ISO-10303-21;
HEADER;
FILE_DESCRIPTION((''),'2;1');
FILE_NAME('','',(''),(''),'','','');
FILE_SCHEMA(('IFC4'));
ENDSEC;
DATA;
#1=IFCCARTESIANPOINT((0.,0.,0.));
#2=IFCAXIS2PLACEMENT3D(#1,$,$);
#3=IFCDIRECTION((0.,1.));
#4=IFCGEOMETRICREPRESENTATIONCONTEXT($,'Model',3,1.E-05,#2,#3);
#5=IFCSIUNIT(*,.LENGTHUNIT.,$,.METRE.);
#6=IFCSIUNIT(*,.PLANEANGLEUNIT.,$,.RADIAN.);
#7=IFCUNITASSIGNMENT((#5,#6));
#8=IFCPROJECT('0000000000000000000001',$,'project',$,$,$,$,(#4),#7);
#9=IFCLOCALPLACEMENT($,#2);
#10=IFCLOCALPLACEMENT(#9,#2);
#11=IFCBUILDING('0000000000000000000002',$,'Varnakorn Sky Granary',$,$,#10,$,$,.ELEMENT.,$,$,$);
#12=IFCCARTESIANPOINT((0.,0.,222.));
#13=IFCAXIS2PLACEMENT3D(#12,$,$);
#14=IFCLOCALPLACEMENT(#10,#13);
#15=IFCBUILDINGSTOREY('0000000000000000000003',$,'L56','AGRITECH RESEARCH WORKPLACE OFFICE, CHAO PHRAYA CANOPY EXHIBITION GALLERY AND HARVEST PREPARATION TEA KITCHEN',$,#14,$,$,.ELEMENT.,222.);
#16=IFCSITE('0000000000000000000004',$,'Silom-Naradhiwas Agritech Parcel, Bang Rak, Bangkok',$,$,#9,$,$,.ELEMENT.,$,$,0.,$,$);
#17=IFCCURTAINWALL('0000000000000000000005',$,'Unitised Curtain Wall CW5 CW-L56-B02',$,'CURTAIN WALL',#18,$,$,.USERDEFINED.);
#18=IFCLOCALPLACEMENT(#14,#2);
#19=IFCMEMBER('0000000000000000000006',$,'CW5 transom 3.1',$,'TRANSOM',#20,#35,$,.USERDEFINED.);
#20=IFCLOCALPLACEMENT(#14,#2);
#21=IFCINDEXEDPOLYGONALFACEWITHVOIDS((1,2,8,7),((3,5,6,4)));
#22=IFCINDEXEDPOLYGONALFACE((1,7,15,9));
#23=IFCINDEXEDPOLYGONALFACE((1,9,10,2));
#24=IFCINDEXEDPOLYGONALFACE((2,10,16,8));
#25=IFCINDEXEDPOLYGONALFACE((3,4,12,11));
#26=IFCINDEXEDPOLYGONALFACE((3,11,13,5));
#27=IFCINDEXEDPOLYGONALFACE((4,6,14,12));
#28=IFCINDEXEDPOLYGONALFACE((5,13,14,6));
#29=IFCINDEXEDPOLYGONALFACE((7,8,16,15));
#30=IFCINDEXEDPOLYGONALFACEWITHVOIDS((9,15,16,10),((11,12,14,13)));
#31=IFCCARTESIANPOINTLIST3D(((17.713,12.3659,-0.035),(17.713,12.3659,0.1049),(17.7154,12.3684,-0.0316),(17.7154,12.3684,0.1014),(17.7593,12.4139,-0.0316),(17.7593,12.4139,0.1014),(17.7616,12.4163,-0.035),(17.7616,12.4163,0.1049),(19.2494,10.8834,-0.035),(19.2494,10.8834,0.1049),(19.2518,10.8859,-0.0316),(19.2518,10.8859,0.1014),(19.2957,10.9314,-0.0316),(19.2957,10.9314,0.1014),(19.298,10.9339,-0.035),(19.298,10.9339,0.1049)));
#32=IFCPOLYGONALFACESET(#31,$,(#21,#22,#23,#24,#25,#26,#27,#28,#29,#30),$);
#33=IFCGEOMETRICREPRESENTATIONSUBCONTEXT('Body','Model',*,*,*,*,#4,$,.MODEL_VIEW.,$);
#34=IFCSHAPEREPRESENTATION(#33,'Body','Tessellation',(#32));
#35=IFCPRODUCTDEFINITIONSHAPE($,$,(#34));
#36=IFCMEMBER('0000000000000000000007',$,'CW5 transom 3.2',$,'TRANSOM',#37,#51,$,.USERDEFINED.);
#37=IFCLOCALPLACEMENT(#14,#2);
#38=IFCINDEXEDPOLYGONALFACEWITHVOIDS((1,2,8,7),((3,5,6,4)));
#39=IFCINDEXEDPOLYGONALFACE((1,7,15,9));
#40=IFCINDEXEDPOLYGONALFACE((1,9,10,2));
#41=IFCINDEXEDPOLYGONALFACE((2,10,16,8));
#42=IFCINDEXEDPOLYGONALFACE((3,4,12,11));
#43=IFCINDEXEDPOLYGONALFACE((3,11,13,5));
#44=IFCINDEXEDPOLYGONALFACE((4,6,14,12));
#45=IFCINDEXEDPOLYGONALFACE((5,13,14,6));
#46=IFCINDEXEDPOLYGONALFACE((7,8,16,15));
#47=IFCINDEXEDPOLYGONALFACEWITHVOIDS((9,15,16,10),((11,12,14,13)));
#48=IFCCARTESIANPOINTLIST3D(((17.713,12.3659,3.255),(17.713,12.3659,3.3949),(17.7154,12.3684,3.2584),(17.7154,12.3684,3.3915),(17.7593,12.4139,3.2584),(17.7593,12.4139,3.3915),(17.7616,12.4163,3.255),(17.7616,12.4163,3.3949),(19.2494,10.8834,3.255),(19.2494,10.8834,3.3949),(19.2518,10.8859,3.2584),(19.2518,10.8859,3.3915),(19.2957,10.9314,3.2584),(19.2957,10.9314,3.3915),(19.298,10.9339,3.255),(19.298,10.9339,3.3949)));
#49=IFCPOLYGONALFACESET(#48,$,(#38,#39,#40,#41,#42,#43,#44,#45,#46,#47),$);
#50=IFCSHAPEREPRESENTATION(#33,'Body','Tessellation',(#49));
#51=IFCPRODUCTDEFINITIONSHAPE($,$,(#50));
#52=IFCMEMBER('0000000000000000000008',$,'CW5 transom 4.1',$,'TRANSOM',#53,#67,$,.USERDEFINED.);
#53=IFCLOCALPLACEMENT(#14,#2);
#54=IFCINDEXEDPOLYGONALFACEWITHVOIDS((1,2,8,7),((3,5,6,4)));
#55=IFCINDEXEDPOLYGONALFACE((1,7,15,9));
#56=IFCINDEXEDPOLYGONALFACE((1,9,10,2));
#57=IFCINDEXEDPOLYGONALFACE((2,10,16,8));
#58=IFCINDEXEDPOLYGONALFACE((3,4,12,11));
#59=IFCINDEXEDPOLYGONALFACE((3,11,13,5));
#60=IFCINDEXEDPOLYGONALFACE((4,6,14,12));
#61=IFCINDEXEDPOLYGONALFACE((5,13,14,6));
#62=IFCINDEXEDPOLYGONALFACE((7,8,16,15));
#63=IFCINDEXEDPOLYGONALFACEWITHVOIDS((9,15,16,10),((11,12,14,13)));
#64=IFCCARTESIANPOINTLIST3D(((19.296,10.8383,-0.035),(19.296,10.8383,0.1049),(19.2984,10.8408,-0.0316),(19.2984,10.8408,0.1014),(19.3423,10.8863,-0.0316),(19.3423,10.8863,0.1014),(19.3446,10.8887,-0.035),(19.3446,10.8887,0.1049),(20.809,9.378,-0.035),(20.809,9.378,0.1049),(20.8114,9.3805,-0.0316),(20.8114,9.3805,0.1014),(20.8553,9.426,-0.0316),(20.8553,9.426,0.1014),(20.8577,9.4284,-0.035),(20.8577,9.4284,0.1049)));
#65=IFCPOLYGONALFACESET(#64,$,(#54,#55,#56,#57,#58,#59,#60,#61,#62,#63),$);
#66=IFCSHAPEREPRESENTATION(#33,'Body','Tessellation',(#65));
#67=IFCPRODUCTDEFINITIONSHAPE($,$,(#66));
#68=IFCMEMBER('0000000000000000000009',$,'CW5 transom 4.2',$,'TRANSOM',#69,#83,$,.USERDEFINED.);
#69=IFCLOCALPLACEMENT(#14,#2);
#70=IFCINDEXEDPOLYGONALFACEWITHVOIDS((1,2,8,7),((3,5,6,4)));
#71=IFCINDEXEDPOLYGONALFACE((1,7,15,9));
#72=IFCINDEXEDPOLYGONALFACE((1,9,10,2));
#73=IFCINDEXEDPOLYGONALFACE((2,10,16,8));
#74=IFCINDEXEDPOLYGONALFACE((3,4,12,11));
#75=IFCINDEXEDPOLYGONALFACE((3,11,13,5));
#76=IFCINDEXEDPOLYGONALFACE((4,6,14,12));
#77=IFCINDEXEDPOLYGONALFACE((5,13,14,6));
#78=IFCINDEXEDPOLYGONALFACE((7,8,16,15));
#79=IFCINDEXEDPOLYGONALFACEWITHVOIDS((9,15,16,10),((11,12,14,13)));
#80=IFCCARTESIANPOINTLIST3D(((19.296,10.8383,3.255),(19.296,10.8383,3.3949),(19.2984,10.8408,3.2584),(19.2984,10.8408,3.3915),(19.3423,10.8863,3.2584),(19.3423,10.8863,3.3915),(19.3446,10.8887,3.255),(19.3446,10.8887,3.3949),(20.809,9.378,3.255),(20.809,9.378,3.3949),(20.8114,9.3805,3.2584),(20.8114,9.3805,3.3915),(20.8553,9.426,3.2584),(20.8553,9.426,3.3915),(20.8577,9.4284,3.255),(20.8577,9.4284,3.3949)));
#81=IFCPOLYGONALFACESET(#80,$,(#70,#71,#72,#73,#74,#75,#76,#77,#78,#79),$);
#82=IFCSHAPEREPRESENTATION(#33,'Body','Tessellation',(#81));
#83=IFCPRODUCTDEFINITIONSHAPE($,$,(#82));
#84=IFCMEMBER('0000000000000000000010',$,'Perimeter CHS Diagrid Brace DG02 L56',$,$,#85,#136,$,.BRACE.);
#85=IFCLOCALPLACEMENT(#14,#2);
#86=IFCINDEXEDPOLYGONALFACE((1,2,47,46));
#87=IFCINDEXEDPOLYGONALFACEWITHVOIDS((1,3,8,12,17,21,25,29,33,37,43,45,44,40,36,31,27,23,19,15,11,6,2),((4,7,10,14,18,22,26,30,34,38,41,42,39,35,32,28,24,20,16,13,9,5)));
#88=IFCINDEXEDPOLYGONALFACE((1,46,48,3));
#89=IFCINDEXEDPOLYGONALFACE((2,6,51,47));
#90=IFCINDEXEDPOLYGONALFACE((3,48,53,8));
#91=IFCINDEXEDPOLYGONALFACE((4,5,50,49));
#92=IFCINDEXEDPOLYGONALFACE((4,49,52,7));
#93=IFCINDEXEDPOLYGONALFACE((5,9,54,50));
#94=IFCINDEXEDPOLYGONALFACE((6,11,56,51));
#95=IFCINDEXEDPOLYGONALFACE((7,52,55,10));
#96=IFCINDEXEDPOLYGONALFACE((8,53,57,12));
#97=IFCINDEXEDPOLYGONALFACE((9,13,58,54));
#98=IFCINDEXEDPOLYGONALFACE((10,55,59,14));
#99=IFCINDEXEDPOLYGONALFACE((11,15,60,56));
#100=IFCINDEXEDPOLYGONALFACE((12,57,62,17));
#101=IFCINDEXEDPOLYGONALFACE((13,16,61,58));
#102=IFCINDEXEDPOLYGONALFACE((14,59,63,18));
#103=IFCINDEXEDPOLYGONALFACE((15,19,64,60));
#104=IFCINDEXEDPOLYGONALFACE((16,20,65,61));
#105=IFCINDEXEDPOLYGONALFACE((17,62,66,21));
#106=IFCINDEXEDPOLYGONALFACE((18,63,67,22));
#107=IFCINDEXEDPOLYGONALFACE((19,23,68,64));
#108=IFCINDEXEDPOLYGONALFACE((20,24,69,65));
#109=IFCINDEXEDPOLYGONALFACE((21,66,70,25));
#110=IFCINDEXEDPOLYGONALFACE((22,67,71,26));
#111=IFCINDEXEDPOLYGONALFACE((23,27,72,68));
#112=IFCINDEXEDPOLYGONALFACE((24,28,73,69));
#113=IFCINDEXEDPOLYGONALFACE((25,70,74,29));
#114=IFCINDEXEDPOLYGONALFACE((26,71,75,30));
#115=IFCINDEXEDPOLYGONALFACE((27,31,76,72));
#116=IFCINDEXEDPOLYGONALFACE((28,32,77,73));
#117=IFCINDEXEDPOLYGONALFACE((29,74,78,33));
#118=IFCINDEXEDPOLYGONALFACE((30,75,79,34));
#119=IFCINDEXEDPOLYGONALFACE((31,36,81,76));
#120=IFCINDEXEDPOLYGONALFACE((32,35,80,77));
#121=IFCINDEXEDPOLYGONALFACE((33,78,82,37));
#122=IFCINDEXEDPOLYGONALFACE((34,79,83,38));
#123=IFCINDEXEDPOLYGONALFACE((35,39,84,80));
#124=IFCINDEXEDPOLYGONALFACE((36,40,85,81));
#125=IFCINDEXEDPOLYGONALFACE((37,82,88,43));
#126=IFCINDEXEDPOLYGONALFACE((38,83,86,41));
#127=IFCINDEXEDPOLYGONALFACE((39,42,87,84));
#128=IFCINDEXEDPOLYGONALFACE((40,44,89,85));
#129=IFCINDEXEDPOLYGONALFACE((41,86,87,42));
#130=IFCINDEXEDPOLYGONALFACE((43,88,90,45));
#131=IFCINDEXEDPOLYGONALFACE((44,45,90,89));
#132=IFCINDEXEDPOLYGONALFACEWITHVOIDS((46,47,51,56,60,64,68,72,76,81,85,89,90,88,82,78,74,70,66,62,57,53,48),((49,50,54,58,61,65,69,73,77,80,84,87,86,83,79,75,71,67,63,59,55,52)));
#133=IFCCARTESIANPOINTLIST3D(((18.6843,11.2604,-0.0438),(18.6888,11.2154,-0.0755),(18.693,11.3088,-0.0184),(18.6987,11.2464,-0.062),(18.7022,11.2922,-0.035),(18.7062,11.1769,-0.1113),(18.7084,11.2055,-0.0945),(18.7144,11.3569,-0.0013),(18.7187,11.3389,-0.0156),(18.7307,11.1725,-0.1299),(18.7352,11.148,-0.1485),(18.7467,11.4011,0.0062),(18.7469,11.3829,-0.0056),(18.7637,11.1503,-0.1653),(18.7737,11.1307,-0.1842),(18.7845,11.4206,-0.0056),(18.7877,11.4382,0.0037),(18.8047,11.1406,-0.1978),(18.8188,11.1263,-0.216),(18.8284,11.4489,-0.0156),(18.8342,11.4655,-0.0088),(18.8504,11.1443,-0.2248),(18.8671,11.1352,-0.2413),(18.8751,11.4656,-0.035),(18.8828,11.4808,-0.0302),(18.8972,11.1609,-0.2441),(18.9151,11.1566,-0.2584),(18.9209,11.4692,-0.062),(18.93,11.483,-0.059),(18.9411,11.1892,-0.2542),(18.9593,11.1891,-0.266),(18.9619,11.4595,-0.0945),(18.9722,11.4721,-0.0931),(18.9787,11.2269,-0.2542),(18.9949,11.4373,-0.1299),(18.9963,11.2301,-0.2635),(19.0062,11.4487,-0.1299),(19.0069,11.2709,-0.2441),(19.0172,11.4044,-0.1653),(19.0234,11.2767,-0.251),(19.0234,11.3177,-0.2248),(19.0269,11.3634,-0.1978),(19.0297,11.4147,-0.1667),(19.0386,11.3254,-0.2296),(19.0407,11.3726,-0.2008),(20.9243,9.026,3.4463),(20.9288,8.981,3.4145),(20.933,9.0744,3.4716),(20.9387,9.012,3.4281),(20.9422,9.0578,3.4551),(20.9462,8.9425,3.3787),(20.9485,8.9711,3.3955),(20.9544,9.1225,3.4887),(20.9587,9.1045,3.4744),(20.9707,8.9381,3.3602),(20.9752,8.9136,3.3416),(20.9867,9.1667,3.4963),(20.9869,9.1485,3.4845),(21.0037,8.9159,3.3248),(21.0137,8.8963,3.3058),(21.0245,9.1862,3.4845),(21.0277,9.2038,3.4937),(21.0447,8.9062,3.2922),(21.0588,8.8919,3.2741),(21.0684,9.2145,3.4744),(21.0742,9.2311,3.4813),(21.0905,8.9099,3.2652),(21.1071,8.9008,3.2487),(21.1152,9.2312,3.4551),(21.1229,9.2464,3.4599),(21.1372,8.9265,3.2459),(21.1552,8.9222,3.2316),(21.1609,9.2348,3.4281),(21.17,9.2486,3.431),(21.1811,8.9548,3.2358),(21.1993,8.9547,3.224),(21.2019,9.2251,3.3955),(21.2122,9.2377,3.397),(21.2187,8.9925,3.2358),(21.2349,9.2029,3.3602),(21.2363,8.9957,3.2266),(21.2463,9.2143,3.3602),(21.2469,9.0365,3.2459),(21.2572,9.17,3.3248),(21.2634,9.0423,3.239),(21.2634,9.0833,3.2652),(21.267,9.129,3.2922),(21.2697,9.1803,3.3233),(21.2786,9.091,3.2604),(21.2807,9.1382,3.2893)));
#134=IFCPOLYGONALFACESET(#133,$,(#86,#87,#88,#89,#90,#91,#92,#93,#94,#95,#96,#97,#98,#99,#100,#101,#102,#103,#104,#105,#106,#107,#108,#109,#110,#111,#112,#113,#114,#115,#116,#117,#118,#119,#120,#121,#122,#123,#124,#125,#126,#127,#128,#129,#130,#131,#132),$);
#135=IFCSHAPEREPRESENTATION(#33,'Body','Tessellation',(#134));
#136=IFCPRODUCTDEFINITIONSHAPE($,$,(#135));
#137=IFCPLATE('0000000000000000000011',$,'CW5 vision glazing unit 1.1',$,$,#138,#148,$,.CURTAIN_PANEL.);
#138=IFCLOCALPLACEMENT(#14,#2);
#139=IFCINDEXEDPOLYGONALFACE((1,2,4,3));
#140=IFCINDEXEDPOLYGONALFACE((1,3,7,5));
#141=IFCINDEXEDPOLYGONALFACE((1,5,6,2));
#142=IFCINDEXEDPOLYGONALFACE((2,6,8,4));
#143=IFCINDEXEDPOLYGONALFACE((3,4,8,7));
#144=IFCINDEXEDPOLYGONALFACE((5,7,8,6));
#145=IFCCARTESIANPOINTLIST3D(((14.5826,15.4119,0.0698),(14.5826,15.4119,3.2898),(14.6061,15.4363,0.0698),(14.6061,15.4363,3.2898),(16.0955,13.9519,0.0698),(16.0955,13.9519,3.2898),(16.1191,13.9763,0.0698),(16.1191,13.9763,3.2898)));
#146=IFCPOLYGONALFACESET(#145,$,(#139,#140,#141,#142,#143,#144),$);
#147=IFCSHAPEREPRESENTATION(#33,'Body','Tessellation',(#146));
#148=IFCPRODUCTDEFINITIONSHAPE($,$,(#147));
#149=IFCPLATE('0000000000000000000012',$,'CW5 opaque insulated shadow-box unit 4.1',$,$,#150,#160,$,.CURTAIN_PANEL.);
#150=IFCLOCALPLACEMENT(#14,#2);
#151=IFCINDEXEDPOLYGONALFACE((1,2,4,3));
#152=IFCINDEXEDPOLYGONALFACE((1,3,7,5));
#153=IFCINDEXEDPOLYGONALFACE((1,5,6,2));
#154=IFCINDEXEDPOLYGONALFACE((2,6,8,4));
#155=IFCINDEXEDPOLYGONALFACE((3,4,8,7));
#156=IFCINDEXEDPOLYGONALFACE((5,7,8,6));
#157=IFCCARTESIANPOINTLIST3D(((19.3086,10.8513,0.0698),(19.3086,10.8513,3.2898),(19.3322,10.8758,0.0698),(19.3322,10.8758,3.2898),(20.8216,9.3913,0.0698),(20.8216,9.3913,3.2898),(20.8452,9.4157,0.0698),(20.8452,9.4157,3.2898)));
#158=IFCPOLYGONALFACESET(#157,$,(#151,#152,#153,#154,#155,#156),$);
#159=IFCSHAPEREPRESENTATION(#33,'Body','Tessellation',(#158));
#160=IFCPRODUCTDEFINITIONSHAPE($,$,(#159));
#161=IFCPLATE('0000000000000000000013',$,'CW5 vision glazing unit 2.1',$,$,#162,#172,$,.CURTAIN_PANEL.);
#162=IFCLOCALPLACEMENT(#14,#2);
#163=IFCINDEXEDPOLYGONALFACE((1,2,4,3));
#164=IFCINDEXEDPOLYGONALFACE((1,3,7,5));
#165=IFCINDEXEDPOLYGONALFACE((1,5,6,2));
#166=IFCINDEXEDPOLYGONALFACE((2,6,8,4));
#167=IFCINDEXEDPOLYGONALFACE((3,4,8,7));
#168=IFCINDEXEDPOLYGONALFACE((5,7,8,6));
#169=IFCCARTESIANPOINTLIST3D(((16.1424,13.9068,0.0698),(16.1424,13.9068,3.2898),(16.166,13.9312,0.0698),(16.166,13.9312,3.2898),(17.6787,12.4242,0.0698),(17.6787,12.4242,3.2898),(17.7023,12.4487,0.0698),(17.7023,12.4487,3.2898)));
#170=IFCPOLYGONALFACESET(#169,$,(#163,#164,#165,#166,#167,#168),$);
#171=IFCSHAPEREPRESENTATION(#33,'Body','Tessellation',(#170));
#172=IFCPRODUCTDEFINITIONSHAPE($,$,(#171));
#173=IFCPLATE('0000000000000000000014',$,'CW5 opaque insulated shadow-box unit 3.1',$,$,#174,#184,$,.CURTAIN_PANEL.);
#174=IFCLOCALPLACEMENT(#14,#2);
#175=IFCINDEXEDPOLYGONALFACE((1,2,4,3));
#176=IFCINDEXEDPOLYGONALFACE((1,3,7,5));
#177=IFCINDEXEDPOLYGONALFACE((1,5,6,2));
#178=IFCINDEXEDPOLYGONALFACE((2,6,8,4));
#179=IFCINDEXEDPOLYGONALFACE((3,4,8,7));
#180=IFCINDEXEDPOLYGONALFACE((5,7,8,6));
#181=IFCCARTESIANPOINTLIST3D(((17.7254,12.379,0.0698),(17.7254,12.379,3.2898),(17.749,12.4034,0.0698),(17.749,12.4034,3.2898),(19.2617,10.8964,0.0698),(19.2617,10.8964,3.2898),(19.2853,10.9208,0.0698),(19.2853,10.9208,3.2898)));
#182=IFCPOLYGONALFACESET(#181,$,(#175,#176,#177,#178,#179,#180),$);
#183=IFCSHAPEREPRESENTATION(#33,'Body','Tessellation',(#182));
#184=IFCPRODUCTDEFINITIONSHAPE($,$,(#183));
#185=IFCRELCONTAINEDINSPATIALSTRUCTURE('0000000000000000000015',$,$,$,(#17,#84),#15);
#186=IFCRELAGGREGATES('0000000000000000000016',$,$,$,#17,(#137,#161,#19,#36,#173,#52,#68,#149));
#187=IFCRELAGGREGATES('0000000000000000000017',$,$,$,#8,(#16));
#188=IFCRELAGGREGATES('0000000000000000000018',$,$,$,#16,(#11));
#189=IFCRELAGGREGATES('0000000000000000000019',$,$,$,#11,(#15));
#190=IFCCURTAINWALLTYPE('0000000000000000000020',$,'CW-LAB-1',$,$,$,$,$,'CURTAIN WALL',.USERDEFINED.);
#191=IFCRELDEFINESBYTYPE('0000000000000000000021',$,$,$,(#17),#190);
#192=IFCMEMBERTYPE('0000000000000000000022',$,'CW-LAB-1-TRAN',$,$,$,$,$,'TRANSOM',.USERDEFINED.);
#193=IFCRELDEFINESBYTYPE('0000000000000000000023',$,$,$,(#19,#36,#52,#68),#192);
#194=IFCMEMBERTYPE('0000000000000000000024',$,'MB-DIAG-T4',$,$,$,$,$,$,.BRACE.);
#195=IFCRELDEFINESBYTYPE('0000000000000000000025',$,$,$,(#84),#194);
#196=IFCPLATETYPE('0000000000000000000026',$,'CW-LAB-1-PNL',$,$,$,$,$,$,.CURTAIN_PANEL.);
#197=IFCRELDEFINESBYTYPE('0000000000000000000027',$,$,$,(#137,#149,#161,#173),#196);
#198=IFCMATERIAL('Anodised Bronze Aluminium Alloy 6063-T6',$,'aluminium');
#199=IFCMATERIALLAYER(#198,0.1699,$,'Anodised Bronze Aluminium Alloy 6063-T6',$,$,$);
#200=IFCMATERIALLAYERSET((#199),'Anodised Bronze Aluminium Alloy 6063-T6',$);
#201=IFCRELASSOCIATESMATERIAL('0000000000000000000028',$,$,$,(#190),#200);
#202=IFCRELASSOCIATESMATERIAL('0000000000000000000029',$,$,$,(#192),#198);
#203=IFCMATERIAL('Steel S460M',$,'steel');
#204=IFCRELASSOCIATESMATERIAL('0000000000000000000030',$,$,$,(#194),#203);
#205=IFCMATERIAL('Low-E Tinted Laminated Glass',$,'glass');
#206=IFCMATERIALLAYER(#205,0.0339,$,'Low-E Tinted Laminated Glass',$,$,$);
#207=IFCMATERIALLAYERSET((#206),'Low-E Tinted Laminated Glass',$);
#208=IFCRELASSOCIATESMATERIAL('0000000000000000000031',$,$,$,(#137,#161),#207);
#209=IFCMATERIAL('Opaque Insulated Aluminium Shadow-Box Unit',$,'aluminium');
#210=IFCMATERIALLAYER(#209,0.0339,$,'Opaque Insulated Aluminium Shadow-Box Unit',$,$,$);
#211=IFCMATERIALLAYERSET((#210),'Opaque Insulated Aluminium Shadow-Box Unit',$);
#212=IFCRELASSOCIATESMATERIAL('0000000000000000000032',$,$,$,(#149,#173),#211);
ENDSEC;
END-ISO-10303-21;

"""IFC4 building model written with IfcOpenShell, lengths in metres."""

from ifc_helpers import new_model, si_unit, direction, frame, origin, origin_2d, place, context, subcontext, project, spatial, rectangle, hollow_rectangle, hollow_circle, extrude, source, transform, mapped, material, layer, layer_set, material_profile, profile_set, type_object, type_shapes, element, aggregate, save


model = new_model("IFC4")

# Units and contexts
model_context = context("Model", 3, precision=1e-05, world=origin(), true_north=direction((0.0, 1.0)))
body_context = subcontext(model_context, "Body", "Model", "MODEL_VIEW")
ifc_project = project(units=[si_unit("LENGTHUNIT", "METRE"), si_unit("PLANEANGLEUNIT", "RADIAN")], contexts=[model_context])

# Site, building, storey
site_placement = place(None, origin())
site = spatial("IfcSite", under=ifc_project, at=site_placement, Name="Silom-Naradhiwas Agritech Parcel, Bang Rak, Bangkok", CompositionType="ELEMENT", RefElevation=0.0)
building_placement = place(site_placement, origin())
building = spatial("IfcBuilding", under=site, at=building_placement, Name="Varnakorn Sky Granary", CompositionType="ELEMENT")
storey_placement = place(building_placement, frame((0.0, 0.0, 222.0)))
storey = spatial("IfcBuildingStorey", under=building, at=storey_placement, Name="L56", Description="AGRITECH RESEARCH WORKPLACE OFFICE, CHAO PHRAYA CANOPY EXHIBITION GALLERY AND HARVEST PREPARATION TEA KITCHEN", CompositionType="ELEMENT", Elevation=222.0)

# Curtain wall, members
ifc_material_1 = material(Name="Anodised Bronze Aluminium Alloy 6063-T6", Category="aluminium")
ifc_layer_1 = layer(ifc_material_1, 0.1699, Name="Anodised Bronze Aluminium Alloy 6063-T6")
ifc_layer_set_1 = layer_set([ifc_layer_1], Name="Anodised Bronze Aluminium Alloy 6063-T6")
curtain_wall_type = type_object("IfcCurtainWallType", Name="CW-LAB-1", ElementType="CURTAIN WALL", PredefinedType="USERDEFINED", material=ifc_layer_set_1)
curtain_wall_placement = place(storey_placement, origin())
curtain_wall = element("IfcCurtainWall", 1, at=curtain_wall_placement, inside=storey, type_object=curtain_wall_type, Name="Unitised Curtain Wall CW5 CW-L56-B02", ObjectType="CURTAIN WALL", PredefinedType="USERDEFINED")
ifc_material_profile_1 = material_profile(ifc_material_1, hollow_rectangle(XDim=0.0701, YDim=0.1399, WallThickness=0.0034, at=origin_2d()), Name="ALU TRAN 70x140")
ifc_profile_set_1 = profile_set([ifc_material_profile_1], Name="Anodised Bronze Aluminium Alloy 6063-T6")
member_type_1 = type_object("IfcMemberType", Name="CW-LAB-1-TRAN", ElementType="TRANSOM", PredefinedType="USERDEFINED", material=ifc_profile_set_1)
member_1_placement = place(storey_placement, frame((17.7373, 12.3911, 0.0349), z_axis=(0.71963, -0.694358, 0.0), x_axis=(0.694358, 0.71963, 0.0)))
member_1 = element("IfcMember", 2, at=member_1_placement, type_object=member_type_1, Name="CW5 transom 3.1", ObjectType="TRANSOM", PredefinedType="USERDEFINED", context=body_context, shape_type="SweptSolid", body=[
    extrude(hollow_rectangle(XDim=0.0701, YDim=0.1399, WallThickness=0.0034, at=origin_2d()), origin(), (0.0, 0.0, 1.0), 2.135),
])
member_2_placement = place(storey_placement, frame((17.7373, 12.3911, 3.325), z_axis=(0.71963, -0.694358, 0.0), x_axis=(0.694358, 0.71963, 0.0)))
member_2 = element("IfcMember", 3, at=member_2_placement, type_object=member_type_1, Name="CW5 transom 3.2", ObjectType="TRANSOM", PredefinedType="USERDEFINED", context=body_context, shape_type="SweptSolid", body=[
    extrude(hollow_rectangle(XDim=0.0701, YDim=0.1399, WallThickness=0.0034, at=origin_2d()), origin(), (0.0, 0.0, 1.0), 2.135),
])
member_3_placement = place(storey_placement, frame((19.3203, 10.8635, 0.0349), z_axis=(0.719535, -0.694456, 0.0), x_axis=(0.694456, 0.719535, 0.0)))
member_3 = element("IfcMember", 4, at=member_3_placement, type_object=member_type_1, Name="CW5 transom 4.1", ObjectType="TRANSOM", PredefinedType="USERDEFINED", context=body_context, shape_type="SweptSolid", body=[
    extrude(hollow_rectangle(XDim=0.0701, YDim=0.1399, WallThickness=0.0034, at=origin_2d()), origin(), (0.0, 0.0, 1.0), 2.1028),
])
member_4_placement = place(storey_placement, frame((19.3203, 10.8635, 3.325), z_axis=(0.719535, -0.694456, 0.0), x_axis=(0.694456, 0.719535, 0.0)))
member_4 = element("IfcMember", 5, at=member_4_placement, type_object=member_type_1, Name="CW5 transom 4.2", ObjectType="TRANSOM", PredefinedType="USERDEFINED", context=body_context, shape_type="SweptSolid", body=[
    extrude(hollow_rectangle(XDim=0.0701, YDim=0.1399, WallThickness=0.0034, at=origin_2d()), origin(), (0.0, 0.0, 1.0), 2.1028),
])

# Member
ifc_material_2 = material(Name="Steel S460M", Category="steel")
ifc_material_profile_2 = material_profile(ifc_material_2, hollow_circle(Radius=0.2031, WallThickness=0.0161, at=origin_2d()), Name="CHS 406.4x16")
ifc_profile_set_2 = profile_set([ifc_material_profile_2], Name="Steel S460M")
member_type_2 = type_object("IfcMemberType", Name="MB-DIAG-T4", PredefinedType="BRACE", material=ifc_profile_set_2)
member_5_placement = place(storey_placement, frame((18.8628, 11.3049, -0.1299), z_axis=(0.475518, -0.474326, 0.740876), x_axis=(0.706219, 0.707994, 0.0)))
element("IfcMember", 6, at=member_5_placement, inside=storey, type_object=member_type_2, Name="Perimeter CHS Diagrid Brace DG02 L56", PredefinedType="BRACE", context=body_context, shape_type="SweptSolid", body=[
    extrude(hollow_circle(Radius=0.2031, WallThickness=0.0161, at=origin_2d()), origin(), (0.0, 0.0, 1.0), 4.7107),
])

# Plates
ifc_material_3 = material(Name="Low-E Tinted Laminated Glass", Category="glass")
ifc_layer_2 = layer(ifc_material_3, 0.0339, Name="Low-E Tinted Laminated Glass")
ifc_layer_set_2 = layer_set([ifc_layer_2], Name="Low-E Tinted Laminated Glass")
plate_type = type_object("IfcPlateType", Name="CW-LAB-1-PNL", PredefinedType="CURTAIN_PANEL")
shared_shape_1 = source(origin(), body_context, "Body", "SweptSolid", [
    extrude(rectangle(XDim=2.1025, YDim=0.0339, at=origin_2d()), origin(), (0.0, 0.0, 1.0), 3.22),
])
plate_1_placement = place(storey_placement, frame((15.3508, 14.6941, 0.0698), z_axis=(0.0, 0.0, 1.0), x_axis=(0.719585, -0.694404, 0.0)))
plate_1 = element("IfcPlate", 7, at=plate_1_placement, type_object=plate_type, material=ifc_layer_set_2, Name="CW5 vision glazing unit 1.1", PredefinedType="CURTAIN_PANEL", context=body_context, shape_type="MappedRepresentation", body=[
    mapped(shared_shape_1, transform((0.0, 0.0, 0.0), x_axis=(1.0, 0.0, 0.0), y_axis=(0.0, 1.0, 0.0), z_axis=(0.0, 0.0, 1.0), scale=1.0)),
])
ifc_material_4 = material(Name="Opaque Insulated Aluminium Shadow-Box Unit", Category="aluminium")
ifc_layer_3 = layer(ifc_material_4, 0.0339, Name="Opaque Insulated Aluminium Shadow-Box Unit")
ifc_layer_set_3 = layer_set([ifc_layer_3], Name="Opaque Insulated Aluminium Shadow-Box Unit")
plate_2_placement = place(storey_placement, frame((20.0769, 10.1335, 0.0698), z_axis=(0.0, 0.0, 1.0), x_axis=(0.719585, -0.694404, 0.0)))
plate_2 = element("IfcPlate", 8, at=plate_2_placement, type_object=plate_type, material=ifc_layer_set_3, Name="CW5 opaque insulated shadow-box unit 4.1", PredefinedType="CURTAIN_PANEL", context=body_context, shape_type="MappedRepresentation", body=[
    mapped(shared_shape_1, transform((0.0, 0.0, 0.0), x_axis=(1.0, 0.0, 0.0), y_axis=(0.0, 1.0, 0.0), z_axis=(0.0, 0.0, 1.0), scale=1.0)),
])
shared_shape_2 = source(origin(), body_context, "Body", "SweptSolid", [
    extrude(rectangle(XDim=2.135, YDim=0.0339, at=origin_2d()), origin(), (0.0, 0.0, 1.0), 3.22),
])
type_shapes(plate_type, [shared_shape_1, shared_shape_2])
plate_3_placement = place(storey_placement, frame((16.9224, 13.1777, 0.0698), z_axis=(0.0, 0.0, 1.0), x_axis=(0.719585, -0.694404, 0.0)))
plate_3 = element("IfcPlate", 9, at=plate_3_placement, type_object=plate_type, material=ifc_layer_set_2, Name="CW5 vision glazing unit 2.1", PredefinedType="CURTAIN_PANEL", context=body_context, shape_type="MappedRepresentation", body=[
    mapped(shared_shape_2, transform((0.0, 0.0, 0.0), x_axis=(1.0, 0.0, 0.0), y_axis=(0.0, 1.0, 0.0), z_axis=(0.0, 0.0, 1.0), scale=1.0)),
])
plate_4_placement = place(storey_placement, frame((18.5054, 11.6499, 0.0698), z_axis=(0.0, 0.0, 1.0), x_axis=(0.719585, -0.694404, 0.0)))
plate_4 = element("IfcPlate", 10, at=plate_4_placement, type_object=plate_type, material=ifc_layer_set_3, Name="CW5 opaque insulated shadow-box unit 3.1", PredefinedType="CURTAIN_PANEL", context=body_context, shape_type="MappedRepresentation", body=[
    mapped(shared_shape_2, transform((0.0, 0.0, 0.0), x_axis=(1.0, 0.0, 0.0), y_axis=(0.0, 1.0, 0.0), z_axis=(0.0, 0.0, 1.0), scale=1.0)),
])
aggregate(curtain_wall, [plate_1, plate_3, member_1, member_2, plate_4, member_3, member_4, plate_2])

save(model, "model.ifc")
